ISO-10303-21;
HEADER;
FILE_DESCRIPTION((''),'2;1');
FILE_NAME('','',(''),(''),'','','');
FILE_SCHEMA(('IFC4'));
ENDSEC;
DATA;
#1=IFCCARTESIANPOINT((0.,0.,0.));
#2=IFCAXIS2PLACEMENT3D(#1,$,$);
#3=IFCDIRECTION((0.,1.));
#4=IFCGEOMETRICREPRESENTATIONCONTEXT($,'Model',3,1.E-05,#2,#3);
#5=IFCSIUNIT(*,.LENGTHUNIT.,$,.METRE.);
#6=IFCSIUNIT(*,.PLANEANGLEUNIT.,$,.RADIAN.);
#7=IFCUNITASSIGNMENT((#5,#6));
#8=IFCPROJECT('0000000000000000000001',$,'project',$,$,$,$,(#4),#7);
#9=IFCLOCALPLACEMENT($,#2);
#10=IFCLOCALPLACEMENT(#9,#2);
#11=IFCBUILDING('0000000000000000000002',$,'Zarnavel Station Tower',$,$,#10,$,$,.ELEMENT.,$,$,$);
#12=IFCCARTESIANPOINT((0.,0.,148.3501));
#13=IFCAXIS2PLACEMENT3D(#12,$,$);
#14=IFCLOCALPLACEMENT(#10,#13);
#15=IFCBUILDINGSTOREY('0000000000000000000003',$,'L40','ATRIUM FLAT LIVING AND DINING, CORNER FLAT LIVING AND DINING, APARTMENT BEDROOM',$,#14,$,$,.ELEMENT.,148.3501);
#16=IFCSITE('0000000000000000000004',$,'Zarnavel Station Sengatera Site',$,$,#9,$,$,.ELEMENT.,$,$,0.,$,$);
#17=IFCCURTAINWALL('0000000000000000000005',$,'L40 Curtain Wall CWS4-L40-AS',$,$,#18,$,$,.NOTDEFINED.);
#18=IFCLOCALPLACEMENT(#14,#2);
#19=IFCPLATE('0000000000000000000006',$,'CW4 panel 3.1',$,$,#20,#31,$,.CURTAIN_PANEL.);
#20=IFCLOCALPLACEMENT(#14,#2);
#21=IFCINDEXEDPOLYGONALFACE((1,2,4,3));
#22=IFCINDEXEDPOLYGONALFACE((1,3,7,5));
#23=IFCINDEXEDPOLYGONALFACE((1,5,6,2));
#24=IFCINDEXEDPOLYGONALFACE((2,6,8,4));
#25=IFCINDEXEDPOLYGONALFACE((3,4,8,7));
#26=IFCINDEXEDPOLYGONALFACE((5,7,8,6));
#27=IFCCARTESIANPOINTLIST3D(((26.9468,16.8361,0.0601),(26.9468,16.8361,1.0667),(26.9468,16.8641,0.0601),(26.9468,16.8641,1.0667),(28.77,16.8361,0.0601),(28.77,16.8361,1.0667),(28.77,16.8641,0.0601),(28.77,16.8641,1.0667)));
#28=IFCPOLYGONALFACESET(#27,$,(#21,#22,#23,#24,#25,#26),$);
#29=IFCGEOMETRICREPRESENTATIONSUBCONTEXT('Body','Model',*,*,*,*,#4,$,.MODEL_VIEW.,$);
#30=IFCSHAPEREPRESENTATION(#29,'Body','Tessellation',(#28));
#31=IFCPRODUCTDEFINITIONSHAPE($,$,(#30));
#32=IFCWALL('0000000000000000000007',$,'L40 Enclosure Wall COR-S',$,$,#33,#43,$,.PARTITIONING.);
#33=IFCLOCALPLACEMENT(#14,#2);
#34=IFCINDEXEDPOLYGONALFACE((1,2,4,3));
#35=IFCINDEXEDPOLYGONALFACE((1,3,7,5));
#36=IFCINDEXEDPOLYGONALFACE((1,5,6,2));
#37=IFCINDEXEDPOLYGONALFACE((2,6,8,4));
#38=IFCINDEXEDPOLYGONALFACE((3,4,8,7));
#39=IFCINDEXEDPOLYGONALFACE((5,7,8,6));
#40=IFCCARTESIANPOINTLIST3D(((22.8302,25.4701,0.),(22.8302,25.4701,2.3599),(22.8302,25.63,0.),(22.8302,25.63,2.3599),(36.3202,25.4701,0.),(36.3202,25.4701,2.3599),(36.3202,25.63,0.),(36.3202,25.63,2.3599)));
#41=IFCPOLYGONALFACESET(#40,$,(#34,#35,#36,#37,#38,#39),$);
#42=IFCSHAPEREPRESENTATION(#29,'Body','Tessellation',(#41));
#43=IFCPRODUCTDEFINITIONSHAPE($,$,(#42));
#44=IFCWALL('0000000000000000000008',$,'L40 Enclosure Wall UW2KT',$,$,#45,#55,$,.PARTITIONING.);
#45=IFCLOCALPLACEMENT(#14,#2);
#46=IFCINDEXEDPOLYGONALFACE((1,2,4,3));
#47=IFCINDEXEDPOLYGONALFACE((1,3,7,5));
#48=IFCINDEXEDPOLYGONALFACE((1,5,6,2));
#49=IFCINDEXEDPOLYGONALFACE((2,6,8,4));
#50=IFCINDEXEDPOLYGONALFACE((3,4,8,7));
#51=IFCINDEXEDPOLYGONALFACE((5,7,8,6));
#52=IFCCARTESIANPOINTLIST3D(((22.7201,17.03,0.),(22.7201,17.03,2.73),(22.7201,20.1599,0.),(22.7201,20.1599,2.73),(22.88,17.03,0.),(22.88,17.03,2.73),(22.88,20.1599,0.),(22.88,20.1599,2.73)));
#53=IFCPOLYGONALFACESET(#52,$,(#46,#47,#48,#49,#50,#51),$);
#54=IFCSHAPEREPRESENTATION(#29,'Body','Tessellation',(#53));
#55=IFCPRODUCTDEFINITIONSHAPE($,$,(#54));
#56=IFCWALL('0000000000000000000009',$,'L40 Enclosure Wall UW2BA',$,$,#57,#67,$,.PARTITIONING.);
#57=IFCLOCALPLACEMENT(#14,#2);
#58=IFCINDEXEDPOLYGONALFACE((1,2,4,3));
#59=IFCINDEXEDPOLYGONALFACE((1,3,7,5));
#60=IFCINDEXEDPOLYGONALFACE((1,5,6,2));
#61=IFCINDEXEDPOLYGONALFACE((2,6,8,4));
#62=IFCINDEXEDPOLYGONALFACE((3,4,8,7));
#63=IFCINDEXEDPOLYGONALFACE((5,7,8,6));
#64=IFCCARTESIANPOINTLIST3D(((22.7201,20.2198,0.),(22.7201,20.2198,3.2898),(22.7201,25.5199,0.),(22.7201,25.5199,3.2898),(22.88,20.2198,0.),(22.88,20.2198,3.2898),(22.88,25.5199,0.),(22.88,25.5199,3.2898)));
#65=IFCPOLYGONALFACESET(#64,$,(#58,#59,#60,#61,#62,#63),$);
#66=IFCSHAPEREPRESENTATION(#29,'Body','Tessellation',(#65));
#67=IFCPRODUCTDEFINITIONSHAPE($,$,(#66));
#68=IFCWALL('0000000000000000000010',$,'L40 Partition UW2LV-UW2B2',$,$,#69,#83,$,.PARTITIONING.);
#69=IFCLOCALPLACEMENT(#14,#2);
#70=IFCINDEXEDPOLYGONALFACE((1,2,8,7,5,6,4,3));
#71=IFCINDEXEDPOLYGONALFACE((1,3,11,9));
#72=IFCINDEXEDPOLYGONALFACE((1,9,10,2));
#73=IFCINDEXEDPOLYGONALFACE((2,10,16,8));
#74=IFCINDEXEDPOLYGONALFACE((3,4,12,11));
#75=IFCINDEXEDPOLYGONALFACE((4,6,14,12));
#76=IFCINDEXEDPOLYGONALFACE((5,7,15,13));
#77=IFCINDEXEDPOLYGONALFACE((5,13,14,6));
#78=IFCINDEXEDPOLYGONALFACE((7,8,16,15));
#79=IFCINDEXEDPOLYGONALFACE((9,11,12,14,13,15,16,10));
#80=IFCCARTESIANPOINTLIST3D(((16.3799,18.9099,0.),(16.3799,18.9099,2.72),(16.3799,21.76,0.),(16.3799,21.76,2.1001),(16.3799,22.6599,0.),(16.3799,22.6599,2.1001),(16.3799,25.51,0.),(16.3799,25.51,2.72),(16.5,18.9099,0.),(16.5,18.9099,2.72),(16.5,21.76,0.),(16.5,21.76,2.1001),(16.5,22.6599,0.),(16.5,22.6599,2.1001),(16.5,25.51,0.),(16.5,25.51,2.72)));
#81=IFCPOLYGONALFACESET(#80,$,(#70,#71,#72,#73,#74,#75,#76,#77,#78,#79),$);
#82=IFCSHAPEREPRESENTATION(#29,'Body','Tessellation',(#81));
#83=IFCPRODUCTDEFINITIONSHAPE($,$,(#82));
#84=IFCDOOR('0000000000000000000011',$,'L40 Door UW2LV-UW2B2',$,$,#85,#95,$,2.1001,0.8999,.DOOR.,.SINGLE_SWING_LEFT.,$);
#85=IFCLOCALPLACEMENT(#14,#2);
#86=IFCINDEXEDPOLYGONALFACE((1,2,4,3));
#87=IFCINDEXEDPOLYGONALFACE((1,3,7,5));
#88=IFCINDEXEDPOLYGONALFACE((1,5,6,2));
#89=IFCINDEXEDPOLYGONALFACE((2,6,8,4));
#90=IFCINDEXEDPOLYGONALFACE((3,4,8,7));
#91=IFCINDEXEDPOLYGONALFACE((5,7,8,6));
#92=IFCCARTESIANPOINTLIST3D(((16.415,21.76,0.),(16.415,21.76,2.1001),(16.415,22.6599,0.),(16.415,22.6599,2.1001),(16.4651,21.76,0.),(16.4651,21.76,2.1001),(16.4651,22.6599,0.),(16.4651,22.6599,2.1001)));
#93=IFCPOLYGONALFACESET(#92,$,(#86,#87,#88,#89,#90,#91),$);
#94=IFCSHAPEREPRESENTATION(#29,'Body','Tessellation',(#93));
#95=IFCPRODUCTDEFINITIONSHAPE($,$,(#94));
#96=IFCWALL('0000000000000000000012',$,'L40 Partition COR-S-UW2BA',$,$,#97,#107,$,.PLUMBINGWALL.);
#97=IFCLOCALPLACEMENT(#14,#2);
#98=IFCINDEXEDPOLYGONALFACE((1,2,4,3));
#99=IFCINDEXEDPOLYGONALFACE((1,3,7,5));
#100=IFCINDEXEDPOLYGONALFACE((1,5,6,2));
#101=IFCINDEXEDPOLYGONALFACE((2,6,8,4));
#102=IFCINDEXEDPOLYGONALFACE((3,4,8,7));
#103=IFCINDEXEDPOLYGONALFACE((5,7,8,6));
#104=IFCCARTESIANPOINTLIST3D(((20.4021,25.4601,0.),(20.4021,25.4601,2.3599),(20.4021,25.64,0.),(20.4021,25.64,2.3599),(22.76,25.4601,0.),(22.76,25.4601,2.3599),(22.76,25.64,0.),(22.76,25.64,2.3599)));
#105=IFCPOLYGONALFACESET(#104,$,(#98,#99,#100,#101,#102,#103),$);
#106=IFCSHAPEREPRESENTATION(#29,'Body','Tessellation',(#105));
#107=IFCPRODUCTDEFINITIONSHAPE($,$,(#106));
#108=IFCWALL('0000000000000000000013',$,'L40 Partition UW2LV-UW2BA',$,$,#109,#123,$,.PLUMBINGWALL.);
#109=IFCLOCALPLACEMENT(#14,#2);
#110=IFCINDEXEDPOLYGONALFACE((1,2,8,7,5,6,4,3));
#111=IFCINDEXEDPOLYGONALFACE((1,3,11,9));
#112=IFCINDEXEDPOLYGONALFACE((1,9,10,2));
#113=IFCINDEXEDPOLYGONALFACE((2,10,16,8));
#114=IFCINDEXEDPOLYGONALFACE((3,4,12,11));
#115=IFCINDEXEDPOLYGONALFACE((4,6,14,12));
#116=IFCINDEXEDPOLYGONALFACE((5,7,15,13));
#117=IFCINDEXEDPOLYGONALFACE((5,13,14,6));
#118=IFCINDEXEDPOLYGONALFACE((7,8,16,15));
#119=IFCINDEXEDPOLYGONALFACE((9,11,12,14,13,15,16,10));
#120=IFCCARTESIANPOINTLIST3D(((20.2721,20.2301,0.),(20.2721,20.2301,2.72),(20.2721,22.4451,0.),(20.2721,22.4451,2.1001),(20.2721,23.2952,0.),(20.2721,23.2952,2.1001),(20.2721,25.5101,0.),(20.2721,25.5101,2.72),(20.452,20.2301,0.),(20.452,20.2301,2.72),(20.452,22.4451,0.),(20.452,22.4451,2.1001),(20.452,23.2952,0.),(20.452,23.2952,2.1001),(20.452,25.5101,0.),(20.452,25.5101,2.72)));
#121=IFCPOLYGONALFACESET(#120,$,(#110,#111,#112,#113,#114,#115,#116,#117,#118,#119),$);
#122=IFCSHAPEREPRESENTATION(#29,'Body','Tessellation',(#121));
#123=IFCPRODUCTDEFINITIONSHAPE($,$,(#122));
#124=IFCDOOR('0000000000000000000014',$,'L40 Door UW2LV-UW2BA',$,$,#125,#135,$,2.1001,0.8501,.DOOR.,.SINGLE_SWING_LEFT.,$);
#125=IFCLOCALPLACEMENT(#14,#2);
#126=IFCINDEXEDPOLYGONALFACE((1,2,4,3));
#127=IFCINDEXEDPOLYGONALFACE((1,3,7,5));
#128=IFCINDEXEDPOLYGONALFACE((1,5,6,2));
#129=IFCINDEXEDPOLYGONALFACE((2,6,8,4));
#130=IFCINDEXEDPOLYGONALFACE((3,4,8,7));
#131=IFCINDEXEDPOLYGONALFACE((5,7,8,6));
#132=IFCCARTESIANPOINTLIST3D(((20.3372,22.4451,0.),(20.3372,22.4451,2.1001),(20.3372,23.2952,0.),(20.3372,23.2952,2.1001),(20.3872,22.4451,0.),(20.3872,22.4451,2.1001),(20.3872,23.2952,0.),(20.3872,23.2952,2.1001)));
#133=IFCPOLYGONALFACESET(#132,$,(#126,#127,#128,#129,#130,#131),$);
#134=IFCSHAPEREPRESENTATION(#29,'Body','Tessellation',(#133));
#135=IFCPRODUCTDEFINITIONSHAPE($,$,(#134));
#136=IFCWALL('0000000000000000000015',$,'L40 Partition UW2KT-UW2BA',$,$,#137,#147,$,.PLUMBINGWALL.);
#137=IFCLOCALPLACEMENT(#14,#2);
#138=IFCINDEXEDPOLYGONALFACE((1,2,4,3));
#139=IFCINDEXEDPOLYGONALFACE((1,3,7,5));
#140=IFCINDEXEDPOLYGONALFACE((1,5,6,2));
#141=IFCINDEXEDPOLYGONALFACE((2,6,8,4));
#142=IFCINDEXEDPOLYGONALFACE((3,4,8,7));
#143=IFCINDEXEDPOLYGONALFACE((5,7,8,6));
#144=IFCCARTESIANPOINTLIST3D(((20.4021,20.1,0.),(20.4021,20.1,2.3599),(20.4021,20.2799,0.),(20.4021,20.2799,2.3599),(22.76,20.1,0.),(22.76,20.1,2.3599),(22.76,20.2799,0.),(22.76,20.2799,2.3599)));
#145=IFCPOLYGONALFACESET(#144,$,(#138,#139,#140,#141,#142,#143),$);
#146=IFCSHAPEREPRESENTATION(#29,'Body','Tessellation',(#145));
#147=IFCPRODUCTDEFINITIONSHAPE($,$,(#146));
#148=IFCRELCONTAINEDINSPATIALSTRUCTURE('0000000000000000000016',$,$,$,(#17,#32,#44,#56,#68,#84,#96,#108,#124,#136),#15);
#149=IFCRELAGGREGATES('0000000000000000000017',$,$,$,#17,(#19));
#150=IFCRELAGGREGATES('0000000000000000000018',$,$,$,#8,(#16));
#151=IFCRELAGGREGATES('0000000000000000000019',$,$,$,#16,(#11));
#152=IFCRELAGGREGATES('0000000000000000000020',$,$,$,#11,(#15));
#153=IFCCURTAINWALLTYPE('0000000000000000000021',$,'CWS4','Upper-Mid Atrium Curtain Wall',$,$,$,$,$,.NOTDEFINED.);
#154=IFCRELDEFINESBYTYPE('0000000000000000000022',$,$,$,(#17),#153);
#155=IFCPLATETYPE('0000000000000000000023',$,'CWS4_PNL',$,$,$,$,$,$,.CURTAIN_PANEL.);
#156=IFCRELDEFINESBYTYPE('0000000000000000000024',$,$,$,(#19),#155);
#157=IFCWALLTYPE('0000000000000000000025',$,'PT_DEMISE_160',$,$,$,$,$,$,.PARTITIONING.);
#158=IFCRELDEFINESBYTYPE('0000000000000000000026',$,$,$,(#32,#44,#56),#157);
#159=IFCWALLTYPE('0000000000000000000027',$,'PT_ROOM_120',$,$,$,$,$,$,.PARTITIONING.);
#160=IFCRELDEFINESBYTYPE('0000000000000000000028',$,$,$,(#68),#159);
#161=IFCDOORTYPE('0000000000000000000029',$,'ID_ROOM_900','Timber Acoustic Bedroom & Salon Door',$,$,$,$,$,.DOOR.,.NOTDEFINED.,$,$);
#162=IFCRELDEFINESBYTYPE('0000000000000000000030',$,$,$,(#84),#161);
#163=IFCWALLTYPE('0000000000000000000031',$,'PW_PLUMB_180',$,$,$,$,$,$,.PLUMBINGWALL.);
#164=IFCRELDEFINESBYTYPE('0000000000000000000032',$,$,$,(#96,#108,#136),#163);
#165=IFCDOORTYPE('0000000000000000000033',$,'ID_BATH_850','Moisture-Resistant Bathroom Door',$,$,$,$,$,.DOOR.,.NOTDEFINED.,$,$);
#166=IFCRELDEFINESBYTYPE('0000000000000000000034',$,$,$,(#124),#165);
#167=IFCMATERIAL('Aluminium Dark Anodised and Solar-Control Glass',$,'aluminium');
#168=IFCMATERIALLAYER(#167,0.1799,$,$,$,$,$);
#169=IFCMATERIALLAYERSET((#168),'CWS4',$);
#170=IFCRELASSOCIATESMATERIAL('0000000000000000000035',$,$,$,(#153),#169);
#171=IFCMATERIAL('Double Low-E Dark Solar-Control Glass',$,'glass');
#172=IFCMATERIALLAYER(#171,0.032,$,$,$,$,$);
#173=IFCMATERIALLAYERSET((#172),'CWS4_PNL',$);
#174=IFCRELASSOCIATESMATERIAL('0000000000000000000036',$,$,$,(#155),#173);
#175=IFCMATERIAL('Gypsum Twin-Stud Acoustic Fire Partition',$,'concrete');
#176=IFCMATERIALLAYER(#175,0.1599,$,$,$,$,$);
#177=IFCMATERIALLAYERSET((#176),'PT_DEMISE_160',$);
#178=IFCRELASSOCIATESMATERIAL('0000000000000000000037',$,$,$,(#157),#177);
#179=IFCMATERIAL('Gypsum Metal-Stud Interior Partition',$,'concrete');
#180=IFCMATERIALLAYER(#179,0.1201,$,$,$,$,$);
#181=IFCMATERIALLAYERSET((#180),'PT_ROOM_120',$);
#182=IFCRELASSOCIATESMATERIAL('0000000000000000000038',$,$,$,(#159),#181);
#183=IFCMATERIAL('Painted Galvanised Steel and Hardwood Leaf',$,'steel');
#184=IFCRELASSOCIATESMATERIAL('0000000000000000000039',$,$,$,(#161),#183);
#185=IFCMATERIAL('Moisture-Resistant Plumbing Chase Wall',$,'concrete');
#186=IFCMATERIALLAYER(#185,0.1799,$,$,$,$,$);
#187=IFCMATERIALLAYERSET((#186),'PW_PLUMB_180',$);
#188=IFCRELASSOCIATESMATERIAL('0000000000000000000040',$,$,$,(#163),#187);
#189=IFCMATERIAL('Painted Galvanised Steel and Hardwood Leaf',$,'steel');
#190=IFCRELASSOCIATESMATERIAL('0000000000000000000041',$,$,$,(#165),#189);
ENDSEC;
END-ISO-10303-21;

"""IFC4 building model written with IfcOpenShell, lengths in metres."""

from ifc_helpers import new_model, si_unit, direction, frame, frame_2d, origin, origin_2d, place, context, subcontext, project, spatial, rectangle, extrude, material, layer, layer_set, type_object, element, fill, aggregate, save


model = new_model("IFC4")

# Units and contexts
model_context = context("Model", 3, precision=1e-05, world=origin(), true_north=direction((0.0, 1.0)))
body_context = subcontext(model_context, "Body", "Model", "MODEL_VIEW")
ifc_project = project(units=[si_unit("LENGTHUNIT", "METRE"), si_unit("PLANEANGLEUNIT", "RADIAN")], contexts=[model_context])

# Site, building, storey
site_placement = place(None, origin())
site = spatial("IfcSite", under=ifc_project, at=site_placement, Name="Zarnavel Station Sengatera Site", CompositionType="ELEMENT", RefElevation=0.0)
building_placement = place(site_placement, origin())
building = spatial("IfcBuilding", under=site, at=building_placement, Name="Zarnavel Station Tower", CompositionType="ELEMENT")
storey_placement = place(building_placement, frame((0.0, 0.0, 148.3501)))
storey = spatial("IfcBuildingStorey", under=building, at=storey_placement, Name="L40", Description="ATRIUM FLAT LIVING AND DINING, CORNER FLAT LIVING AND DINING, APARTMENT BEDROOM", CompositionType="ELEMENT", Elevation=148.3501)

# Curtain wall, plate
ifc_material_1 = material(Name="Aluminium Dark Anodised and Solar-Control Glass", Category="aluminium")
ifc_layer_1 = layer(ifc_material_1, 0.1799)
ifc_layer_set_1 = layer_set([ifc_layer_1], Name="CWS4")
curtain_wall_type = type_object("IfcCurtainWallType", Name="CWS4", Description="Upper-Mid Atrium Curtain Wall", PredefinedType="NOTDEFINED", material=ifc_layer_set_1)
curtain_wall_placement = place(storey_placement, origin())
curtain_wall = element("IfcCurtainWall", 1, at=curtain_wall_placement, inside=storey, type_object=curtain_wall_type, Name="L40 Curtain Wall CWS4-L40-AS", PredefinedType="NOTDEFINED")
ifc_material_2 = material(Name="Double Low-E Dark Solar-Control Glass", Category="glass")
ifc_layer_2 = layer(ifc_material_2, 0.032)
ifc_layer_set_2 = layer_set([ifc_layer_2], Name="CWS4_PNL")
plate_type = type_object("IfcPlateType", Name="CWS4_PNL", PredefinedType="CURTAIN_PANEL", material=ifc_layer_set_2)
plate_placement = place(storey_placement, frame((27.8584, 16.8501, 0.0601), z_axis=(0.0, 0.0, 1.0), x_axis=(1.0, 0.0, 0.0)))
plate = element("IfcPlate", 2, at=plate_placement, type_object=plate_type, Name="CW4 panel 3.1", PredefinedType="CURTAIN_PANEL", context=body_context, shape_type="SweptSolid", body=[
    extrude(rectangle(XDim=1.8232, YDim=0.0281, at=origin_2d()), origin(), (0.0, 0.0, 1.0), 1.0066),
])
aggregate(curtain_wall, [plate])

# Shared definitions
ifc_material_3 = material(Name="Gypsum Twin-Stud Acoustic Fire Partition", Category="concrete")
ifc_layer_3 = layer(ifc_material_3, 0.1599)
ifc_layer_set_3 = layer_set([ifc_layer_3], Name="PT_DEMISE_160")
wall_type_1 = type_object("IfcWallType", Name="PT_DEMISE_160", PredefinedType="PARTITIONING", material=ifc_layer_set_3)

# Walls
wall_1_placement = place(storey_placement, frame((22.8301, 25.55, 0.0), z_axis=(0.0, 0.0, 1.0), x_axis=(1.0, 0.0, 0.0)))
element("IfcWall", 3, at=wall_1_placement, inside=storey, type_object=wall_type_1, Name="L40 Enclosure Wall COR-S", PredefinedType="PARTITIONING", context=body_context, shape_type="SweptSolid", body=[
    extrude(rectangle(XDim=13.49, YDim=0.1599, at=frame_2d((6.7451, 0.0))), origin(), (0.0, 0.0, 1.0), 2.3599),
])
wall_2_placement = place(storey_placement, frame((22.8, 17.03, 0.0), z_axis=(0.0, 0.0, 1.0), x_axis=(0.0, 1.0, 0.0)))
element("IfcWall", 4, at=wall_2_placement, inside=storey, type_object=wall_type_1, Name="L40 Enclosure Wall UW2KT", PredefinedType="PARTITIONING", context=body_context, shape_type="SweptSolid", body=[
    extrude(rectangle(XDim=3.1299, YDim=0.1599, at=frame_2d((1.5649, 0.0))), origin(), (0.0, 0.0, 1.0), 2.73),
])
wall_3_placement = place(storey_placement, frame((22.8, 20.22, 0.0), z_axis=(0.0, 0.0, 1.0), x_axis=(0.0, 1.0, 0.0)))
element("IfcWall", 5, at=wall_3_placement, inside=storey, type_object=wall_type_1, Name="L40 Enclosure Wall UW2BA", PredefinedType="PARTITIONING", context=body_context, shape_type="SweptSolid", body=[
    extrude(rectangle(XDim=5.3, YDim=0.1599, at=frame_2d((2.6499, 0.0))), origin(), (0.0, 0.0, 1.0), 3.2898),
])

# Wall, opening, door
ifc_material_4 = material(Name="Gypsum Metal-Stud Interior Partition", Category="concrete")
ifc_layer_4 = layer(ifc_material_4, 0.1201)
ifc_layer_set_4 = layer_set([ifc_layer_4], Name="PT_ROOM_120")
wall_type_2 = type_object("IfcWallType", Name="PT_ROOM_120", PredefinedType="PARTITIONING", material=ifc_layer_set_4)
wall_4_placement = place(storey_placement, frame((16.4399, 18.9099, 0.0), z_axis=(0.0, 0.0, 1.0), x_axis=(0.0, 1.0, 0.0)))
wall_4 = element("IfcWall", 6, at=wall_4_placement, inside=storey, type_object=wall_type_2, Name="L40 Partition UW2LV-UW2B2", PredefinedType="PARTITIONING", context=body_context, shape_type="SweptSolid", body=[
    extrude(rectangle(XDim=6.6001, YDim=0.1201, at=frame_2d((3.3, 0.0))), origin(), (0.0, 0.0, 1.0), 2.72),
])
opening_1_placement = place(wall_4_placement, frame((2.8501, 0.0, 0.0)))
opening_1 = element("IfcOpeningElement", 7, at=opening_1_placement, cuts=wall_4, PredefinedType="OPENING", context=body_context, shape_type="SweptSolid", body=[
    extrude(rectangle(XDim=0.8999, YDim=2.1001, at=frame_2d((0.45, 1.05))), frame((0.0, 0.0701, 0.0), z_axis=(0.0, -1.0, 0.0), x_axis=(1.0, 0.0, 0.0)), (0.0, 0.0, 1.0), 0.1401),
])
ifc_material_5 = material(Name="Painted Galvanised Steel and Hardwood Leaf", Category="steel")
door_type_1 = type_object("IfcDoorType", Name="ID_ROOM_900", Description="Timber Acoustic Bedroom & Salon Door", OperationType="NOTDEFINED", PredefinedType="DOOR", material=ifc_material_5)
door_1_placement = place(opening_1_placement, origin())
door_1 = element("IfcDoor", 8, at=door_1_placement, inside=storey, type_object=door_type_1, Name="L40 Door UW2LV-UW2B2", OperationType="SINGLE_SWING_LEFT", OverallHeight=2.1001, OverallWidth=0.8999, PredefinedType="DOOR", context=body_context, shape_type="SweptSolid", body=[
    extrude(rectangle(XDim=0.8999, YDim=2.1001, at=frame_2d((0.45, 1.05))), frame((0.0, 0.0249, 0.0), z_axis=(0.0, -1.0, 0.0), x_axis=(1.0, 0.0, 0.0)), (0.0, 0.0, 1.0), 0.05),
])
fill(opening_1, door_1)

# Wall
ifc_material_6 = material(Name="Moisture-Resistant Plumbing Chase Wall", Category="concrete")
ifc_layer_5 = layer(ifc_material_6, 0.1799)
ifc_layer_set_5 = layer_set([ifc_layer_5], Name="PW_PLUMB_180")
wall_type_3 = type_object("IfcWallType", Name="PW_PLUMB_180", PredefinedType="PLUMBINGWALL", material=ifc_layer_set_5)
wall_5_placement = place(storey_placement, frame((20.4021, 25.55, 0.0), z_axis=(0.0, 0.0, 1.0), x_axis=(1.0, 0.0, 0.0)))
element("IfcWall", 9, at=wall_5_placement, inside=storey, type_object=wall_type_3, Name="L40 Partition COR-S-UW2BA", PredefinedType="PLUMBINGWALL", context=body_context, shape_type="SweptSolid", body=[
    extrude(rectangle(XDim=2.3579, YDim=0.1799, at=frame_2d((1.179, 0.0))), origin(), (0.0, 0.0, 1.0), 2.3599),
])

# Wall, opening, door
wall_6_placement = place(storey_placement, frame((20.3621, 20.23, 0.0), z_axis=(0.0, 0.0, 1.0), x_axis=(0.0, 1.0, 0.0)))
wall_6 = element("IfcWall", 10, at=wall_6_placement, inside=storey, type_object=wall_type_3, Name="L40 Partition UW2LV-UW2BA", PredefinedType="PLUMBINGWALL", context=body_context, shape_type="SweptSolid", body=[
    extrude(rectangle(XDim=5.28, YDim=0.1799, at=frame_2d((2.6401, 0.0))), origin(), (0.0, 0.0, 1.0), 2.72),
])
opening_2_placement = place(wall_6_placement, frame((2.2151, 0.0, 0.0)))
opening_2 = element("IfcOpeningElement", 11, at=opening_2_placement, cuts=wall_6, PredefinedType="OPENING", context=body_context, shape_type="SweptSolid", body=[
    extrude(rectangle(XDim=0.8501, YDim=2.1001, at=frame_2d((0.425, 1.05))), frame((0.0, 0.0999, 0.0), z_axis=(0.0, -1.0, 0.0), x_axis=(1.0, 0.0, 0.0)), (0.0, 0.0, 1.0), 0.2),
])
ifc_material_7 = material(Name="Painted Galvanised Steel and Hardwood Leaf", Category="steel")
door_type_2 = type_object("IfcDoorType", Name="ID_BATH_850", Description="Moisture-Resistant Bathroom Door", OperationType="NOTDEFINED", PredefinedType="DOOR", material=ifc_material_7)
door_2_placement = place(opening_2_placement, origin())
door_2 = element("IfcDoor", 12, at=door_2_placement, inside=storey, type_object=door_type_2, Name="L40 Door UW2LV-UW2BA", OperationType="SINGLE_SWING_LEFT", OverallHeight=2.1001, OverallWidth=0.8501, PredefinedType="DOOR", context=body_context, shape_type="SweptSolid", body=[
    extrude(rectangle(XDim=0.8501, YDim=2.1001, at=frame_2d((0.425, 1.05))), frame((0.0, 0.0249, 0.0), z_axis=(0.0, -1.0, 0.0), x_axis=(1.0, 0.0, 0.0)), (0.0, 0.0, 1.0), 0.05),
])
fill(opening_2, door_2)

# Wall
wall_7_placement = place(storey_placement, frame((20.4021, 20.1899, 0.0), z_axis=(0.0, 0.0, 1.0), x_axis=(1.0, 0.0, 0.0)))
element("IfcWall", 13, at=wall_7_placement, inside=storey, type_object=wall_type_3, Name="L40 Partition UW2KT-UW2BA", PredefinedType="PLUMBINGWALL", context=body_context, shape_type="SweptSolid", body=[
    extrude(rectangle(XDim=2.3579, YDim=0.1799, at=frame_2d((1.179, 0.0))), origin(), (0.0, 0.0, 1.0), 2.3599),
])

save(model, "model.ifc")
